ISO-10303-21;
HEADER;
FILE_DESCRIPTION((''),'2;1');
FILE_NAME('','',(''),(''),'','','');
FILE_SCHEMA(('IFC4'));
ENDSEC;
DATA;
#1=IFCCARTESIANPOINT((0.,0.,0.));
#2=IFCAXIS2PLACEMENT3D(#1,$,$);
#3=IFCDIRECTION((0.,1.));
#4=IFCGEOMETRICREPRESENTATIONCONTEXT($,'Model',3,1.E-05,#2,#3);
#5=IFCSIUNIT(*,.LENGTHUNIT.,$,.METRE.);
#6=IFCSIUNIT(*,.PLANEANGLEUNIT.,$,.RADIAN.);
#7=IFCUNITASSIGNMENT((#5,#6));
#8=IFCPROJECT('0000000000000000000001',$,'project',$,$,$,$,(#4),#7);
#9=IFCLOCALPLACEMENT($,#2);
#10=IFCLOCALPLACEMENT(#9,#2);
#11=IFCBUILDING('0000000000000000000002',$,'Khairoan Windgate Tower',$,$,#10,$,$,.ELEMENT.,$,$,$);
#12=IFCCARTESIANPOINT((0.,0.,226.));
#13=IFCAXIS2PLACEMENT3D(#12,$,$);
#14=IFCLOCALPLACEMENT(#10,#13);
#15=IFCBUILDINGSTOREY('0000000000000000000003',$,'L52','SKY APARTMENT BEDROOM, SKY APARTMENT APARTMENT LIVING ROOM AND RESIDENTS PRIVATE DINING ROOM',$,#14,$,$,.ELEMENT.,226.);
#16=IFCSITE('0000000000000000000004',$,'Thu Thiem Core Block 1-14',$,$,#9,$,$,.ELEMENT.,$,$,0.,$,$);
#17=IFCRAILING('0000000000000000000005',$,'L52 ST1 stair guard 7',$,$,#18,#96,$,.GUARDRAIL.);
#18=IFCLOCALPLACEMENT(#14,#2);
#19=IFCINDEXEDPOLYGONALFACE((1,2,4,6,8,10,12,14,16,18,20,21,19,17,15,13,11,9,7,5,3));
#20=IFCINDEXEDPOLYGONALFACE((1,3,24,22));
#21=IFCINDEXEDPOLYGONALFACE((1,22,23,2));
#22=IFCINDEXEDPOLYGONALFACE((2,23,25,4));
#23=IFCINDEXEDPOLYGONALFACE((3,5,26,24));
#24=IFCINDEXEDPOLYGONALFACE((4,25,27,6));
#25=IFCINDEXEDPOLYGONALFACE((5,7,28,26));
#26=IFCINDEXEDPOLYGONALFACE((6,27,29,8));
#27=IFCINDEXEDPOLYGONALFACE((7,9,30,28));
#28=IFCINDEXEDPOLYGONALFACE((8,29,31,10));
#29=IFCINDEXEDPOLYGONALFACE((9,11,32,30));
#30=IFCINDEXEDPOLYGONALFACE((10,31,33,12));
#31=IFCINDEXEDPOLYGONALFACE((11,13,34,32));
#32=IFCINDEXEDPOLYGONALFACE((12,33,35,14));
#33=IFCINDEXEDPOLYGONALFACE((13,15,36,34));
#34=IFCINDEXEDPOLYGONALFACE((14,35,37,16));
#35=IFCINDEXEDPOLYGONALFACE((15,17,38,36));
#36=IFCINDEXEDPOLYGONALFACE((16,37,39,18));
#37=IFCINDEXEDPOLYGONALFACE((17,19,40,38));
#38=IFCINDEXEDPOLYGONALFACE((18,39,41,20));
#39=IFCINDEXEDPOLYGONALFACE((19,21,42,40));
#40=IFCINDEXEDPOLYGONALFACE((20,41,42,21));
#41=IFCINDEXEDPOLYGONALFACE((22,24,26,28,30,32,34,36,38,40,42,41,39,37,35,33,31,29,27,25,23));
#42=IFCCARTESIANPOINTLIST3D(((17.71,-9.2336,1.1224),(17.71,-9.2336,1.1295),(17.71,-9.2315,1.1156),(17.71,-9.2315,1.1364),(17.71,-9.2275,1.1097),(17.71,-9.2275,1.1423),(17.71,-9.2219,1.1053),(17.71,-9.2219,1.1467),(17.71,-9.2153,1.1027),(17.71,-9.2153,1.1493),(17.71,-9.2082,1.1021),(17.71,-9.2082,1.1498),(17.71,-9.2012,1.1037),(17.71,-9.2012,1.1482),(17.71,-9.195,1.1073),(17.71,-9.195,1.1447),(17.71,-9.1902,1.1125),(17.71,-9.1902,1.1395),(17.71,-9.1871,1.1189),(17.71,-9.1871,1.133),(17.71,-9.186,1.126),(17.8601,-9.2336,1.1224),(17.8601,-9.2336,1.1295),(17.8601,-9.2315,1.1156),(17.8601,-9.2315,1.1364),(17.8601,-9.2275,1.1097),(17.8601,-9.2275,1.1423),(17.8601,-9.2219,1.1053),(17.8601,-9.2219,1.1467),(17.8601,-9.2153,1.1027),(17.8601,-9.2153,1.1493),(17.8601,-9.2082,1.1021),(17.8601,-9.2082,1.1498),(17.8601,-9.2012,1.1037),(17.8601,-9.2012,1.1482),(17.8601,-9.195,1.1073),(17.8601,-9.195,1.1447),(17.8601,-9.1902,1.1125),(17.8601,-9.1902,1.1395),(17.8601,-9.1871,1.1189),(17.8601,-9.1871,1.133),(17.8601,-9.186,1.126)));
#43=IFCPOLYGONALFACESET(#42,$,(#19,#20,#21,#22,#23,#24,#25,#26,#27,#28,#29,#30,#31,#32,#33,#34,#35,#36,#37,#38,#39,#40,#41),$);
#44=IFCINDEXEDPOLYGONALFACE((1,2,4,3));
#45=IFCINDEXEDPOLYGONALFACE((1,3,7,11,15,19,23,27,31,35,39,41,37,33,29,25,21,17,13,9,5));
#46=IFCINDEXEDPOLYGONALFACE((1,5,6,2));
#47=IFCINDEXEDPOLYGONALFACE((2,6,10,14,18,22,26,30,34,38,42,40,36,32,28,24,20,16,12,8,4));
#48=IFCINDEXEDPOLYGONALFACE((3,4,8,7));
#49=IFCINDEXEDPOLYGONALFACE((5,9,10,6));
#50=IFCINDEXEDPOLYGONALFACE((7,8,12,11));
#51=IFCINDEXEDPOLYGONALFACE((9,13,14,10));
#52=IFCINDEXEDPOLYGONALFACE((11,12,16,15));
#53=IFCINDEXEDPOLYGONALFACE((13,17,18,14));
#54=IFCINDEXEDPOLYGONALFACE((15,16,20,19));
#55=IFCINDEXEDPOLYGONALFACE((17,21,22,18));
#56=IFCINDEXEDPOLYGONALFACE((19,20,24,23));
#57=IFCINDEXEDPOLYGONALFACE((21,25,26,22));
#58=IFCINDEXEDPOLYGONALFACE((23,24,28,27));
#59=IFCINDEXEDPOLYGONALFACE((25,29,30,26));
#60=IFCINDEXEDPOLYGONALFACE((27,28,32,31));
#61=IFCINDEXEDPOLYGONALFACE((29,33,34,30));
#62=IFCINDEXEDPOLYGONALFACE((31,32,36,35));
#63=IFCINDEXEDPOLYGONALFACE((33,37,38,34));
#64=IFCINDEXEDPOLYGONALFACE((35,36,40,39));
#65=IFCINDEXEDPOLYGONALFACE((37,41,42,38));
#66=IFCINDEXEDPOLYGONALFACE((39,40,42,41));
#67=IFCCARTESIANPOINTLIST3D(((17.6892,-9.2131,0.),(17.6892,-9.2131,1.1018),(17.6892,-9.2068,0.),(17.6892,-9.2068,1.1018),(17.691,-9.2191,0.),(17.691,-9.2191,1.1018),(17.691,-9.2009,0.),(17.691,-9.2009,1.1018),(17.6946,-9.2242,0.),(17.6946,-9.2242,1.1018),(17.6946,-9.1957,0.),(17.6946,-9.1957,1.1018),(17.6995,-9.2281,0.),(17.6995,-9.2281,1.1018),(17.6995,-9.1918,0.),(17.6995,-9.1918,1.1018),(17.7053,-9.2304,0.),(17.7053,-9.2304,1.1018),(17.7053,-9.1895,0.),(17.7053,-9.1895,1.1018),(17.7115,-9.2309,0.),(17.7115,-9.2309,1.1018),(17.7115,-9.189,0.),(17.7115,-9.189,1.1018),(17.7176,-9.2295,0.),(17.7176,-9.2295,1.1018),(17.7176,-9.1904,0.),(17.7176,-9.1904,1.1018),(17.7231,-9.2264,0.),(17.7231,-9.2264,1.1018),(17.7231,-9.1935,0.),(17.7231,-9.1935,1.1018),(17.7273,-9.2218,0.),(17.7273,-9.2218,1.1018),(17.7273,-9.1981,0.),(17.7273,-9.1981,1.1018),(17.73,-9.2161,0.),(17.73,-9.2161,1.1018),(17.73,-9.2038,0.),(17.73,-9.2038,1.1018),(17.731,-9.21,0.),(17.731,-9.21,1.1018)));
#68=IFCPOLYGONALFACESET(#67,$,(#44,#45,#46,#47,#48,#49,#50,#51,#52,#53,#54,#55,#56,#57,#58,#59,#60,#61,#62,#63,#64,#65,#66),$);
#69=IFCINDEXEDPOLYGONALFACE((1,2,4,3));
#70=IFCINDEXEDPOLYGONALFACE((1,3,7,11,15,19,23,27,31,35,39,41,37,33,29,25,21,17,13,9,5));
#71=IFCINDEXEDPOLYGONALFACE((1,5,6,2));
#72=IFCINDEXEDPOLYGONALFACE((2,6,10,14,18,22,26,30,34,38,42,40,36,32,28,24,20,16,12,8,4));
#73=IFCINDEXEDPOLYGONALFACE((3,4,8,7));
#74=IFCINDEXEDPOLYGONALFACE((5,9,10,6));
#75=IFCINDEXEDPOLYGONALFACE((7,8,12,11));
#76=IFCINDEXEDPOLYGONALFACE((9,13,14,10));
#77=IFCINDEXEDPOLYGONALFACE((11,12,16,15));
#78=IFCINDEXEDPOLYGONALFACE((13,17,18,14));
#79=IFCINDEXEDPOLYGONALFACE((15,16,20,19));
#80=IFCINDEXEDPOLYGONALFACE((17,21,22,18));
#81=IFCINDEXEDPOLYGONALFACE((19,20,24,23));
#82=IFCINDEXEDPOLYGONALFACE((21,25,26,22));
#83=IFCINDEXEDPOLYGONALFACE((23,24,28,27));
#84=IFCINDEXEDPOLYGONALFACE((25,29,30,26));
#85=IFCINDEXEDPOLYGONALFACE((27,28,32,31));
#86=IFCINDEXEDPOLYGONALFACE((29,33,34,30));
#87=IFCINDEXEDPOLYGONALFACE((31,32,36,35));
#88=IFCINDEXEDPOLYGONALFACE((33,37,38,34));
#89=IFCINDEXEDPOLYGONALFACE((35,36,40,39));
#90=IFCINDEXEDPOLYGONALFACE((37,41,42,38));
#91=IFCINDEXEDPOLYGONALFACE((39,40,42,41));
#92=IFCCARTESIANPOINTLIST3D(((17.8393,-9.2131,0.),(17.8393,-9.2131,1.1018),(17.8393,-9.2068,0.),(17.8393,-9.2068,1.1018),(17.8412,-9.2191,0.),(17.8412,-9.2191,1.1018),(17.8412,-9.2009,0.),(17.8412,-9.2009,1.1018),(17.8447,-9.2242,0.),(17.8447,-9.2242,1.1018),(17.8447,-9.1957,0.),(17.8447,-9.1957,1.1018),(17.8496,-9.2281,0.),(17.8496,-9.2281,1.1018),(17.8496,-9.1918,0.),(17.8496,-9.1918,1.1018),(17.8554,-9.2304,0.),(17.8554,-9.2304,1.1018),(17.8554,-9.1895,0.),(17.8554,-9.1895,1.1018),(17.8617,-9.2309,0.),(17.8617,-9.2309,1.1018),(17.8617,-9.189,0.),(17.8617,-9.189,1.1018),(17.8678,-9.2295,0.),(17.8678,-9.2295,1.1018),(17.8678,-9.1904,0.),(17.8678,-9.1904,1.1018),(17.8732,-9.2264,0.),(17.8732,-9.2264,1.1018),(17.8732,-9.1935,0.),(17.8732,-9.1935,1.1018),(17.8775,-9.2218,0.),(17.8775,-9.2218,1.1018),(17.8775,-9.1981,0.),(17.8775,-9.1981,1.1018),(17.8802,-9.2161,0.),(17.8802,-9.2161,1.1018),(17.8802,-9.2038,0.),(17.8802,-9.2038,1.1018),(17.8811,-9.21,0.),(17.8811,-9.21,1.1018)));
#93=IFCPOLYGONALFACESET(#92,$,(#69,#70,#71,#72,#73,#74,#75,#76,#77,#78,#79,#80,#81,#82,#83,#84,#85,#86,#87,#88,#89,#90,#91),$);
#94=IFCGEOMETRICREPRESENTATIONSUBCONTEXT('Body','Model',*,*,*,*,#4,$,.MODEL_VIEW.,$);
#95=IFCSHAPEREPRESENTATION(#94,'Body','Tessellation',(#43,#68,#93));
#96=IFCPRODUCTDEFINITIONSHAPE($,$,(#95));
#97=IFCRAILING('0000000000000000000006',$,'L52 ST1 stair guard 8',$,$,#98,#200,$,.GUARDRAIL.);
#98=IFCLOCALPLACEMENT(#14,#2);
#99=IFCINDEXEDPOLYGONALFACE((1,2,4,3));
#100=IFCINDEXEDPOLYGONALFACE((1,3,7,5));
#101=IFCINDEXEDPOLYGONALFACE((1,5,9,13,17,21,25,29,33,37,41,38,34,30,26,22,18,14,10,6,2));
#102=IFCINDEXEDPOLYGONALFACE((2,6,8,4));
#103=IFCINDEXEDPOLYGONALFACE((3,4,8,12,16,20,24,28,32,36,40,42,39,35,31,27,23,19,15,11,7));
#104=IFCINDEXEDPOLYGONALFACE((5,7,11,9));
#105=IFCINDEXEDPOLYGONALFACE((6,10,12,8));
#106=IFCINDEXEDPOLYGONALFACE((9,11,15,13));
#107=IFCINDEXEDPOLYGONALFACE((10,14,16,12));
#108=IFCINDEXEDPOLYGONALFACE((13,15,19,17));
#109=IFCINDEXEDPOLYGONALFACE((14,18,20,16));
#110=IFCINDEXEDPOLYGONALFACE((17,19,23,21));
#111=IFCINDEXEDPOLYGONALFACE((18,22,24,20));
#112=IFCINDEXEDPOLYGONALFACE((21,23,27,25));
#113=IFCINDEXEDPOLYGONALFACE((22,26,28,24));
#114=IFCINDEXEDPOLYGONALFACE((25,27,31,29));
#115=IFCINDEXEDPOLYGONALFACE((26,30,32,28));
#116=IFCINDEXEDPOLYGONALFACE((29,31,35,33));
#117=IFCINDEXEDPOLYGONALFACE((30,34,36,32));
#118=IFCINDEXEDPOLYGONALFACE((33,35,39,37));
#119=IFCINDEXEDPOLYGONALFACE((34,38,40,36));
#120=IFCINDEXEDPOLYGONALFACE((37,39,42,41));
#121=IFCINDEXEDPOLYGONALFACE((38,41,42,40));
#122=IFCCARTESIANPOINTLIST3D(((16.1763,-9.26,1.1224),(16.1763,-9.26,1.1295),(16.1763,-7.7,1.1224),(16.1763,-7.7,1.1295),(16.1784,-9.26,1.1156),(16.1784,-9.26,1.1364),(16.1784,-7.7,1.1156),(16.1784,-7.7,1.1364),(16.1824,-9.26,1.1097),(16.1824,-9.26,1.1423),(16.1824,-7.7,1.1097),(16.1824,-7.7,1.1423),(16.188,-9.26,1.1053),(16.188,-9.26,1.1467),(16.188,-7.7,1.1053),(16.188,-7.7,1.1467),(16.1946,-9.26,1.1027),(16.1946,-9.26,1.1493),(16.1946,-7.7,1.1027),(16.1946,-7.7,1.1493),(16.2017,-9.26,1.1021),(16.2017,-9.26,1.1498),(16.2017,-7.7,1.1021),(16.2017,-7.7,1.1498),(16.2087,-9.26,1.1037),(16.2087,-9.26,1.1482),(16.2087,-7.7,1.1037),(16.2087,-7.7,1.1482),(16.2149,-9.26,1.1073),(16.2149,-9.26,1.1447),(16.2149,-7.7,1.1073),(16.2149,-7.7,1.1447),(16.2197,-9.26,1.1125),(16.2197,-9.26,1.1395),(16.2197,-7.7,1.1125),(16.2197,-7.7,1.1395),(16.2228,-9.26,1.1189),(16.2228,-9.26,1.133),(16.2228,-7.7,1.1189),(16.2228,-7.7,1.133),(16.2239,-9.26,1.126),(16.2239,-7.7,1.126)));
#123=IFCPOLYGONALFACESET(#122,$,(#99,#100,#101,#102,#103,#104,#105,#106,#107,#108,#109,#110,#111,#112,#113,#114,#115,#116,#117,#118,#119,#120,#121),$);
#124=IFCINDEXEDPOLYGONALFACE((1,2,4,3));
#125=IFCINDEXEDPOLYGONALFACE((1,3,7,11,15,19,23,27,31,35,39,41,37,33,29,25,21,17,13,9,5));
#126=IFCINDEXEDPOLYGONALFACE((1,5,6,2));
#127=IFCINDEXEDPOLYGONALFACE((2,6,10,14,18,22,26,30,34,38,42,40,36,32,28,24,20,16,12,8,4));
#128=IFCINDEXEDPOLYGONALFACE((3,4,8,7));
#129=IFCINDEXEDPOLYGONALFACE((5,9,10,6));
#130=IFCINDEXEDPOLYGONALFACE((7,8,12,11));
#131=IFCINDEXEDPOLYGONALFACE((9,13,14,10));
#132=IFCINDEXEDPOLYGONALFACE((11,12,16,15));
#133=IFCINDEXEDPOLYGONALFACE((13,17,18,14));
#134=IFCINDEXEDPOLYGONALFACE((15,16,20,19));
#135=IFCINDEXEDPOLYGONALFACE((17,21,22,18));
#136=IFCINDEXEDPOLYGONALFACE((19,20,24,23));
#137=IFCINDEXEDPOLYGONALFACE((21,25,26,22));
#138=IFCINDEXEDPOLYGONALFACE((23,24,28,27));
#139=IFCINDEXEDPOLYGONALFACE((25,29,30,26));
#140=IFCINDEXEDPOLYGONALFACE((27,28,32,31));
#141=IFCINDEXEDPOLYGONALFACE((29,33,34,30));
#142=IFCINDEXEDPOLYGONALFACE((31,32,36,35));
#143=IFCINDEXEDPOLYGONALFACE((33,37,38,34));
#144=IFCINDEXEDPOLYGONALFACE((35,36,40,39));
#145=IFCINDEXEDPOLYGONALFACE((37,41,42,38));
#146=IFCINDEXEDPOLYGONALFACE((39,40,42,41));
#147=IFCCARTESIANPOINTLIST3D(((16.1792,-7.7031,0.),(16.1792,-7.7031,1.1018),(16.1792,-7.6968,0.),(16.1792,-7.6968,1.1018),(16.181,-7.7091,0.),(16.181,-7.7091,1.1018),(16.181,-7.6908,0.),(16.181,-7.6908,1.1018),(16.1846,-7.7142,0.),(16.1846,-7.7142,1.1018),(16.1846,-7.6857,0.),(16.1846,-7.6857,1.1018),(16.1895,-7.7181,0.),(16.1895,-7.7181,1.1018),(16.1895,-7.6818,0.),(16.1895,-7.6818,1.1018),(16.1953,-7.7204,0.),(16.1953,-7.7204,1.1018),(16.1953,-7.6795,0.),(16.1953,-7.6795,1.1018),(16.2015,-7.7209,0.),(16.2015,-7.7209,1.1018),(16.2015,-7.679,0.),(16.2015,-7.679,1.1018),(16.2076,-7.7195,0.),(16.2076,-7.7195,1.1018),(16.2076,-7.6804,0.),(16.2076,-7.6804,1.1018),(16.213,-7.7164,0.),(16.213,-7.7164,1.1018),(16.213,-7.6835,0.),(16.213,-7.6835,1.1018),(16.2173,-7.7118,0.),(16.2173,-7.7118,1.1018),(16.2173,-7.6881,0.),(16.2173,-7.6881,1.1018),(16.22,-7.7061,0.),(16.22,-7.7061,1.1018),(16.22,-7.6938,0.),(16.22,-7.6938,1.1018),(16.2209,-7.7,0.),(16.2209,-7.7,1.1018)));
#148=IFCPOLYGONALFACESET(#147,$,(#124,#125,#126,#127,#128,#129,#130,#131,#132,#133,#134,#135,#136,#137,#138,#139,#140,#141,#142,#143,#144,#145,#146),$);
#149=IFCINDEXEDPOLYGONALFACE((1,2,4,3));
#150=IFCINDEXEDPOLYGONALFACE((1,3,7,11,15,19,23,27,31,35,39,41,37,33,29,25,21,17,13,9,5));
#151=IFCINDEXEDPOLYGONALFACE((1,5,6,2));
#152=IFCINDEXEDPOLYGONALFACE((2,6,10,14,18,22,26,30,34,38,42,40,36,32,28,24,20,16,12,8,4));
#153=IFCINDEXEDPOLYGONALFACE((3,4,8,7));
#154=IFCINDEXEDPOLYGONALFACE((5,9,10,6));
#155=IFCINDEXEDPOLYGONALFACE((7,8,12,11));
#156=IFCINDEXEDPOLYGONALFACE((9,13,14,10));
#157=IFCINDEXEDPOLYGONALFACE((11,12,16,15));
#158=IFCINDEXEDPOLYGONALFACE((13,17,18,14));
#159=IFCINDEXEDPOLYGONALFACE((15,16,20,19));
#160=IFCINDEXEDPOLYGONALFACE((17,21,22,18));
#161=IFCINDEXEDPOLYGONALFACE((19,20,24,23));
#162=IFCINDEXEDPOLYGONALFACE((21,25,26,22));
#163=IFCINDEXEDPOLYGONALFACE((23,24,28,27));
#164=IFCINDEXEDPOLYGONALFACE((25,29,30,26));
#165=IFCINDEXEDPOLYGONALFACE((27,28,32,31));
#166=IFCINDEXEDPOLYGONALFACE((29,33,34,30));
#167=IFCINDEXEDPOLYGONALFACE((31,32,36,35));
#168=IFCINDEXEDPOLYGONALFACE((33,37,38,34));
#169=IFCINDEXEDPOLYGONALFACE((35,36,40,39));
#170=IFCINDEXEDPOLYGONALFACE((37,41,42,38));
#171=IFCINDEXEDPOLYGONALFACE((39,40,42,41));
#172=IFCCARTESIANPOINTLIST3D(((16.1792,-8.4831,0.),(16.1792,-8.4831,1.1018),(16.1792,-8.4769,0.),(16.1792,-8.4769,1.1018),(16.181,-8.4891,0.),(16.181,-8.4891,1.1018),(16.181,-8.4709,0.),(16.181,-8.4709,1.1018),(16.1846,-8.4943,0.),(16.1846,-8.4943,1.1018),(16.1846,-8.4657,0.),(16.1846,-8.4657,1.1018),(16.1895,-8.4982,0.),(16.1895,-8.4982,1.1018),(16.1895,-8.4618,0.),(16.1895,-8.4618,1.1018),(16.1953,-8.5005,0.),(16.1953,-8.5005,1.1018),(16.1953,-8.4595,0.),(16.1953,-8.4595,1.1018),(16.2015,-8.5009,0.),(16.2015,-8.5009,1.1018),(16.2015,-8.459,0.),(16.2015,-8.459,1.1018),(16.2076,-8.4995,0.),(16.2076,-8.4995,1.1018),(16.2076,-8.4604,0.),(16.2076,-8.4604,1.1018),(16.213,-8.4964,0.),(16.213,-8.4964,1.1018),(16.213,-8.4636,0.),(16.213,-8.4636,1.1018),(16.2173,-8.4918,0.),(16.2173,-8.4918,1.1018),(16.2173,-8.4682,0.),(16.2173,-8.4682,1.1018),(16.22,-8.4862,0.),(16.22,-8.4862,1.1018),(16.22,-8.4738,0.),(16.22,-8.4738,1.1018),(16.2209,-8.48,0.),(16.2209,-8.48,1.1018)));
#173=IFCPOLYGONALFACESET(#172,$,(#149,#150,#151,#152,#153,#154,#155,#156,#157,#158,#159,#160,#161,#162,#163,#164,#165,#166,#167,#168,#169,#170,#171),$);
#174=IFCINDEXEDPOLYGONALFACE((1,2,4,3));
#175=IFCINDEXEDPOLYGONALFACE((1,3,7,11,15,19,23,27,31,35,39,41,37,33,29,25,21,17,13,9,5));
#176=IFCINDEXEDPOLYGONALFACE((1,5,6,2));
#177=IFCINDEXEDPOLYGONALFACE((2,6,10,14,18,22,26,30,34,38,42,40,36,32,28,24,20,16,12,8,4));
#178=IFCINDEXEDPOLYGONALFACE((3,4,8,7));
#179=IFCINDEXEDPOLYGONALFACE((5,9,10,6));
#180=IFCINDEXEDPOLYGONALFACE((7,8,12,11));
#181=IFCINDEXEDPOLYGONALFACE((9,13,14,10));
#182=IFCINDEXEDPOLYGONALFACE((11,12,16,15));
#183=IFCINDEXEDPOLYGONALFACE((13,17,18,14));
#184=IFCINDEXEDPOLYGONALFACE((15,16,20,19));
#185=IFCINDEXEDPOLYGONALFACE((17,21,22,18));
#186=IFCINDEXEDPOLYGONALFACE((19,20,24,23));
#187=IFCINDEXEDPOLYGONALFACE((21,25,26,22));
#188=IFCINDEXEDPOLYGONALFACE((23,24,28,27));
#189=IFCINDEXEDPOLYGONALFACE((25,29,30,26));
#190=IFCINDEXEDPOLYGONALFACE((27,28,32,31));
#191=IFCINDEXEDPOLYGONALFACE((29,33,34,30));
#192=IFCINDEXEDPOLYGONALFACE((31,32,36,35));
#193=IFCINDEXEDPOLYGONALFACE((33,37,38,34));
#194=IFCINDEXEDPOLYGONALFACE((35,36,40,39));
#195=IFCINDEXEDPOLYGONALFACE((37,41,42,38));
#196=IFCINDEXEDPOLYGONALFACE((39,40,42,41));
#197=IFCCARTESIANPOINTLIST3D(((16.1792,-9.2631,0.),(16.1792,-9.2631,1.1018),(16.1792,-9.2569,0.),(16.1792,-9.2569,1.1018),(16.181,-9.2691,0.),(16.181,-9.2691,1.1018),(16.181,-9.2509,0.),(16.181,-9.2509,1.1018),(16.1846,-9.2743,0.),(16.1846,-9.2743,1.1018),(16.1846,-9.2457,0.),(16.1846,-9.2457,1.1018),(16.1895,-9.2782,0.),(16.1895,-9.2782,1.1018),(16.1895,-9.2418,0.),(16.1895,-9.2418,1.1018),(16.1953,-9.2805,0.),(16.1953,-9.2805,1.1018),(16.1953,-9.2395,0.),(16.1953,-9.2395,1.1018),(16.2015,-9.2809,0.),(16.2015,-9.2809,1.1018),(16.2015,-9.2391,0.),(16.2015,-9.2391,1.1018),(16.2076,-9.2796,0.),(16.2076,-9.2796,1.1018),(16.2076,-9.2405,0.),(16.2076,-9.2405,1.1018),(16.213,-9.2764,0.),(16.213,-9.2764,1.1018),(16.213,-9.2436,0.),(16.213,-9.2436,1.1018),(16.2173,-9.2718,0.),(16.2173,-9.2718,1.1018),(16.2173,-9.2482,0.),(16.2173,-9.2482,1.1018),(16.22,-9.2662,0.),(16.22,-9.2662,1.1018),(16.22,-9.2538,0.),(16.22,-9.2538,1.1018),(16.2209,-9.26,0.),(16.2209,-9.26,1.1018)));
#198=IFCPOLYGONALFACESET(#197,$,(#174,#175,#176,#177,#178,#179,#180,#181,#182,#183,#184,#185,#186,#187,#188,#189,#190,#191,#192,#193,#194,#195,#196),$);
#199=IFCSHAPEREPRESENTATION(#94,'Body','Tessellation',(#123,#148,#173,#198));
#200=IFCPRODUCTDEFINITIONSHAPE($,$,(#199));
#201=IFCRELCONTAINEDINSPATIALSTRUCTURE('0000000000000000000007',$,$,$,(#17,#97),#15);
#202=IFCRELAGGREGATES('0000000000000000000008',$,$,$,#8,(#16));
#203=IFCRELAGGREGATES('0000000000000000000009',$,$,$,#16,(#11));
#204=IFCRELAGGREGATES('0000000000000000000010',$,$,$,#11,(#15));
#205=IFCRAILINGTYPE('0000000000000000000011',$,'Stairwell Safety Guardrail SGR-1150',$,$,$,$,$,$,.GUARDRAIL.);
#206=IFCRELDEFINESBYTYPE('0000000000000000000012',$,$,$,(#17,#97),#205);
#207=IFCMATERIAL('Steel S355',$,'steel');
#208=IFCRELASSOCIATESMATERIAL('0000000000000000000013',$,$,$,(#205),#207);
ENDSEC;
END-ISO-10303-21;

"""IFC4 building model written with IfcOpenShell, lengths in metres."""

from ifc_helpers import new_model, si_unit, direction, frame, origin, origin_2d, place, context, subcontext, project, spatial, circle, extrude, material, type_object, element, save


model = new_model("IFC4")

# Units and contexts
model_context = context("Model", 3, precision=1e-05, world=origin(), true_north=direction((0.0, 1.0)))
body_context = subcontext(model_context, "Body", "Model", "MODEL_VIEW")
ifc_project = project(units=[si_unit("LENGTHUNIT", "METRE"), si_unit("PLANEANGLEUNIT", "RADIAN")], contexts=[model_context])

# Site, building, storey
site_placement = place(None, origin())
site = spatial("IfcSite", under=ifc_project, at=site_placement, Name="Thu Thiem Core Block 1-14", CompositionType="ELEMENT", RefElevation=0.0)
building_placement = place(site_placement, origin())
building = spatial("IfcBuilding", under=site, at=building_placement, Name="Khairoan Windgate Tower", CompositionType="ELEMENT")
storey_placement = place(building_placement, frame((0.0, 0.0, 226.0)))
storey = spatial("IfcBuildingStorey", under=building, at=storey_placement, Name="L52", Description="SKY APARTMENT BEDROOM, SKY APARTMENT APARTMENT LIVING ROOM AND RESIDENTS PRIVATE DINING ROOM", CompositionType="ELEMENT", Elevation=226.0)

# Railings
ifc_material_1 = material(Name="Steel S355", Category="steel")
railing_type_1 = type_object("IfcRailingType", Name="Stairwell Safety Guardrail SGR-1150", PredefinedType="GUARDRAIL", material=ifc_material_1)
railing_1_placement = place(storey_placement, frame((17.71, -9.21, 0.0)))
element("IfcRailing", 1, at=railing_1_placement, inside=storey, type_object=railing_type_1, Name="L52 ST1 stair guard 7", PredefinedType="GUARDRAIL", context=body_context, shape_type="SweptSolid", body=[
    extrude(circle(Radius=0.0239, at=origin_2d()), frame((0.0, 0.0, 1.126), z_axis=(1.0, 0.0, 0.0), x_axis=(0.0, 1.0, 0.0)), (0.0, 0.0, 1.0), 0.1501),
    extrude(circle(Radius=0.021, at=origin_2d()), origin(), (0.0, 0.0, 1.0), 1.1018),
    extrude(circle(Radius=0.021, at=origin_2d()), frame((0.1501, 0.0, 0.0)), (0.0, 0.0, 1.0), 1.1018),
])
for number, where, name in (
    (2, (16.2, -7.7, 0.0), "L52 ST1 stair guard 8"),
):
    element("IfcRailing", number, at=place(storey_placement, frame(where)), inside=storey, type_object=railing_type_1, Name=name, PredefinedType="GUARDRAIL", context=body_context, shape_type="SweptSolid", body=[
        extrude(circle(Radius=0.0239, at=origin_2d()), frame((0.0, 0.0, 1.126), z_axis=(0.0, -1.0, 0.0), x_axis=(1.0, 0.0, 0.0)), (0.0, 0.0, 1.0), 1.5601),
        extrude(circle(Radius=0.021, at=origin_2d()), origin(), (0.0, 0.0, 1.0), 1.1018),
        extrude(circle(Radius=0.021, at=origin_2d()), frame((0.0, -0.78, 0.0)), (0.0, 0.0, 1.0), 1.1018),
        extrude(circle(Radius=0.021, at=origin_2d()), frame((0.0, -1.5601, 0.0)), (0.0, 0.0, 1.0), 1.1018),
    ])

save(model, "model.ifc")
